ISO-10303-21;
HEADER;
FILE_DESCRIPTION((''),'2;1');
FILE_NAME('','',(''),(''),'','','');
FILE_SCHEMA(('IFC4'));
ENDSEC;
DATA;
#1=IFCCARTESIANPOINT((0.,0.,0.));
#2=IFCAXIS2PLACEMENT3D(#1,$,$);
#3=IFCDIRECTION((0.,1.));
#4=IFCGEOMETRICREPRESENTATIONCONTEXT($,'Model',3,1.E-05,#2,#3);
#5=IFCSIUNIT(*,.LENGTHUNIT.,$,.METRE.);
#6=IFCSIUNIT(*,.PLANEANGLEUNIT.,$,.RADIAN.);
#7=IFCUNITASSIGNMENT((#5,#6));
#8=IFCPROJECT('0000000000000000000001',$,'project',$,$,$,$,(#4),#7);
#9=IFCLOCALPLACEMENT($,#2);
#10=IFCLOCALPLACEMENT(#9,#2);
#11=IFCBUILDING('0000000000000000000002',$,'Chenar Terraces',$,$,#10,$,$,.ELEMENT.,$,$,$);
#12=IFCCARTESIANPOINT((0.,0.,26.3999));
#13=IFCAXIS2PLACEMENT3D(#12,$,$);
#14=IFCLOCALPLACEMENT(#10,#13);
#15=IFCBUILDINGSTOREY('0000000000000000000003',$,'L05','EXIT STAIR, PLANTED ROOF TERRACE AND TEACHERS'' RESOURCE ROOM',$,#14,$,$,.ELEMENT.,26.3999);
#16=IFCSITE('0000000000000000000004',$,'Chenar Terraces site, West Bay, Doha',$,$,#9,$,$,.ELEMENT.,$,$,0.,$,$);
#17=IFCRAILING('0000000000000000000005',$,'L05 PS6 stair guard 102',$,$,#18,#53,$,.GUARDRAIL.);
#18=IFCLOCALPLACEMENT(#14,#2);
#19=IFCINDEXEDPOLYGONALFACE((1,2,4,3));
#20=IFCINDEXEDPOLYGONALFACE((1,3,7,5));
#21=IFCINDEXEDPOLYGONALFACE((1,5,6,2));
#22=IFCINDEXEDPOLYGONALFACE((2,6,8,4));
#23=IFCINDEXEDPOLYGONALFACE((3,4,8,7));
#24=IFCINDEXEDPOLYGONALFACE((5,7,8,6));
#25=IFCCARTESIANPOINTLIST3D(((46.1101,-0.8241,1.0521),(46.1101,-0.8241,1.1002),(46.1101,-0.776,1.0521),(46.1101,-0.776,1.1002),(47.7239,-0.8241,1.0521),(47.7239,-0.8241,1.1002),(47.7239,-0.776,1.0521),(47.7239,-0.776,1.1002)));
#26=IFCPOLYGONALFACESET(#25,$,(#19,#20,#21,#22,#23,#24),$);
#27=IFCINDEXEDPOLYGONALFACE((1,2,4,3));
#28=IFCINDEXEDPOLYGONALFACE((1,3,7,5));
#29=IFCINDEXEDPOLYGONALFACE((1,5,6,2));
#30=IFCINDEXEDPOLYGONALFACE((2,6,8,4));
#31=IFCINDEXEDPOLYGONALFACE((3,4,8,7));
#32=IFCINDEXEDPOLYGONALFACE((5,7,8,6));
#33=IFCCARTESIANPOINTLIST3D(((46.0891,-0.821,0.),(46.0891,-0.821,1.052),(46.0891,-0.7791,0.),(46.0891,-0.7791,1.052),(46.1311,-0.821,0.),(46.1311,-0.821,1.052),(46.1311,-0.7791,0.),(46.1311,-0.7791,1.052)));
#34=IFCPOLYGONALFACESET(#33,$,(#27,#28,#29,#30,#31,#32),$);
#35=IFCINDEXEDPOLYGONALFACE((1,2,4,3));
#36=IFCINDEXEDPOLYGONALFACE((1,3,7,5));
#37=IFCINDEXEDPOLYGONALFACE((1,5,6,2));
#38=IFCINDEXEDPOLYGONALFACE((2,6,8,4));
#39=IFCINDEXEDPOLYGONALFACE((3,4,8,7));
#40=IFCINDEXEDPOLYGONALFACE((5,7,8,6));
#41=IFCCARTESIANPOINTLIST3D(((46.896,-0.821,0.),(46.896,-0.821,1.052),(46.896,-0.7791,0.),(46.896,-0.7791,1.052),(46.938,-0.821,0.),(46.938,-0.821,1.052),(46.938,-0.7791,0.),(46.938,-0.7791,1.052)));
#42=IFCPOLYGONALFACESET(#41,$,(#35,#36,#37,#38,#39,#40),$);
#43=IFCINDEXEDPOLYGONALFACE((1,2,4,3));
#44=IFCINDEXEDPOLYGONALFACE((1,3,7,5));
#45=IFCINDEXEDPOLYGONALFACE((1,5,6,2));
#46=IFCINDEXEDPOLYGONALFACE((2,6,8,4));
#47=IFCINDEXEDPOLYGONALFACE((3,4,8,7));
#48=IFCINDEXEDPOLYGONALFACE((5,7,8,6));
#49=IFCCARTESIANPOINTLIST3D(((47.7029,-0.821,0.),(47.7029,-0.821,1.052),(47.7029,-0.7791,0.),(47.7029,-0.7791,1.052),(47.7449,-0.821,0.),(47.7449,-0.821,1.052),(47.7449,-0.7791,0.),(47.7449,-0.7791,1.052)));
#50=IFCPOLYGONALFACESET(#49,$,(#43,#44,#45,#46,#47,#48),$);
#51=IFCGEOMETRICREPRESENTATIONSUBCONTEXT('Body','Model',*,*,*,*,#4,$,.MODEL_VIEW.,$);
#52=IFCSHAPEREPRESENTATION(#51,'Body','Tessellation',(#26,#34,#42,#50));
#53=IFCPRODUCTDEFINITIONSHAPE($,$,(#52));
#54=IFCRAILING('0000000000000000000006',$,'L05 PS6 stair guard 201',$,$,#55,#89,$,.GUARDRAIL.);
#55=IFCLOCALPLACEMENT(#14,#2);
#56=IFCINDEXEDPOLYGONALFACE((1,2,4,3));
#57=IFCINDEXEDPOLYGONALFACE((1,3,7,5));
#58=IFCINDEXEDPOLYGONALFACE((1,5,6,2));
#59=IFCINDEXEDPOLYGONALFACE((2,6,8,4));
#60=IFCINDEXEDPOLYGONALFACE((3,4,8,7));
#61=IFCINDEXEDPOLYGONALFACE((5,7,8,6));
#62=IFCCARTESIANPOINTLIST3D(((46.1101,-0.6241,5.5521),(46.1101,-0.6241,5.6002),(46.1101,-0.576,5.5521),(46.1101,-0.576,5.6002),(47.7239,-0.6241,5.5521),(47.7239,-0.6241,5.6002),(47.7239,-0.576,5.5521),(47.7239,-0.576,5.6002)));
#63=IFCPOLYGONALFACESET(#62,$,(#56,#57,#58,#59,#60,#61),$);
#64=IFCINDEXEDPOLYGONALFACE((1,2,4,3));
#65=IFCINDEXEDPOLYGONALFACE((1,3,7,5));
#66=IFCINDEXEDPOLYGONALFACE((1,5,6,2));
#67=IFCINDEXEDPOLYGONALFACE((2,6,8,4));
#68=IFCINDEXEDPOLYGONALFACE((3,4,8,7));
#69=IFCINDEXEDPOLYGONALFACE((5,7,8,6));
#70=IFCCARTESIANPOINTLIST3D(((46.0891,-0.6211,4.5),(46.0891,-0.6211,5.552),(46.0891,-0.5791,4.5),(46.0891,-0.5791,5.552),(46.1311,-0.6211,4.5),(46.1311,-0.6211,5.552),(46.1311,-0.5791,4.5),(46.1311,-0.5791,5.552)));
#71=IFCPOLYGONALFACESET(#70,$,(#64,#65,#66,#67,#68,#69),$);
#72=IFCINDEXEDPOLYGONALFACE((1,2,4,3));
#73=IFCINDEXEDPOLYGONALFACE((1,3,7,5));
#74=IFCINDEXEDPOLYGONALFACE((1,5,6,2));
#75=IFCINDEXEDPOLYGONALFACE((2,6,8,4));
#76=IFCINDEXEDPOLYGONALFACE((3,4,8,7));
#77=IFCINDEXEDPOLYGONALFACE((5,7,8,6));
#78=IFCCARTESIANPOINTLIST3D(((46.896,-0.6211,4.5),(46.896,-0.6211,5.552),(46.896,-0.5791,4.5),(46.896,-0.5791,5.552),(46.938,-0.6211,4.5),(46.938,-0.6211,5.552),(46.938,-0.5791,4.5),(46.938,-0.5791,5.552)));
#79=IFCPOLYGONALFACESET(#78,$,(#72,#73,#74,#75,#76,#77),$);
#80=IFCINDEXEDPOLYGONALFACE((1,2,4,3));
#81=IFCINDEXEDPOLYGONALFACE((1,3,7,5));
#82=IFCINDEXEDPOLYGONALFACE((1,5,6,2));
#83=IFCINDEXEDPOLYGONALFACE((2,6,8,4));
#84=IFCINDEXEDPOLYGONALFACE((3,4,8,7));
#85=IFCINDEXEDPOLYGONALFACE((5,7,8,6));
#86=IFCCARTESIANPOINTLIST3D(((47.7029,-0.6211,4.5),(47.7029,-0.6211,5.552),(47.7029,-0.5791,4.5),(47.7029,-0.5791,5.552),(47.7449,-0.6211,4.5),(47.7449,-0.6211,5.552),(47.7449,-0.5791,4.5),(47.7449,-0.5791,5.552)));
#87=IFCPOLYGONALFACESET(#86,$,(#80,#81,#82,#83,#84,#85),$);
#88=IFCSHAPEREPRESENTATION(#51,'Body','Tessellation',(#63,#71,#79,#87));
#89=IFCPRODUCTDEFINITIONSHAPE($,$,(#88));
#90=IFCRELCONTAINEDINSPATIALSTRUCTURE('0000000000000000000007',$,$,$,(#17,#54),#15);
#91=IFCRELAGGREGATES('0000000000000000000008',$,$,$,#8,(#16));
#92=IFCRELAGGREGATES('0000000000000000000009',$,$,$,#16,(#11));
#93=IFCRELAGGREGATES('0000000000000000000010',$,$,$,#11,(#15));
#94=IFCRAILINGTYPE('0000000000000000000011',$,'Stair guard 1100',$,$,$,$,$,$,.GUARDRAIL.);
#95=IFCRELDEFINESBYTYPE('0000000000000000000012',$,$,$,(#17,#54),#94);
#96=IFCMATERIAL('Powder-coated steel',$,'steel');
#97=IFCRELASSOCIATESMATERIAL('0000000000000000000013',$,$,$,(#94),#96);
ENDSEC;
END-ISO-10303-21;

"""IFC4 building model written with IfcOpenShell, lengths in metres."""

from ifc_helpers import new_model, si_unit, direction, frame, origin, origin_2d, place, context, subcontext, project, spatial, rectangle, extrude, material, type_object, element, save


model = new_model("IFC4")

# Units and contexts
model_context = context("Model", 3, precision=1e-05, world=origin(), true_north=direction((0.0, 1.0)))
body_context = subcontext(model_context, "Body", "Model", "MODEL_VIEW")
ifc_project = project(units=[si_unit("LENGTHUNIT", "METRE"), si_unit("PLANEANGLEUNIT", "RADIAN")], contexts=[model_context])

# Site, building, storey
site_placement = place(None, origin())
site = spatial("IfcSite", under=ifc_project, at=site_placement, Name="Chenar Terraces site, West Bay, Doha", CompositionType="ELEMENT", RefElevation=0.0)
building_placement = place(site_placement, origin())
building = spatial("IfcBuilding", under=site, at=building_placement, Name="Chenar Terraces", CompositionType="ELEMENT")
storey_placement = place(building_placement, frame((0.0, 0.0, 26.3999)))
storey = spatial("IfcBuildingStorey", under=building, at=storey_placement, Name="L05", Description="EXIT STAIR, PLANTED ROOF TERRACE AND TEACHERS' RESOURCE ROOM", CompositionType="ELEMENT", Elevation=26.3999)

# Railings
ifc_material_1 = material(Name="Powder-coated steel", Category="steel")
railing_type = type_object("IfcRailingType", Name="Stair guard 1100", PredefinedType="GUARDRAIL", material=ifc_material_1)
for number, where, name in (
    (1, (46.1101, -0.8, 0.0), "L05 PS6 stair guard 102"),
    (2, (46.1101, -0.6001, 4.5), "L05 PS6 stair guard 201"),
):
    element("IfcRailing", number, at=place(storey_placement, frame(where)), inside=storey, type_object=railing_type, Name=name, PredefinedType="GUARDRAIL", context=body_context, shape_type="SweptSolid", body=[
        extrude(rectangle(XDim=0.0481, YDim=0.0481, at=origin_2d()), frame((0.0, 0.0, 1.0762), z_axis=(1.0, 0.0, 0.0), x_axis=(0.0, 1.0, 0.0)), (0.0, 0.0, 1.0), 1.6138),
        extrude(rectangle(XDim=0.042, YDim=0.042, at=origin_2d()), origin(), (0.0, 0.0, 1.0), 1.052),
        extrude(rectangle(XDim=0.042, YDim=0.042, at=origin_2d()), frame((0.8069, 0.0, 0.0)), (0.0, 0.0, 1.0), 1.052),
        extrude(rectangle(XDim=0.042, YDim=0.042, at=origin_2d()), frame((1.6138, 0.0, 0.0)), (0.0, 0.0, 1.0), 1.052),
    ])

save(model, "model.ifc")
